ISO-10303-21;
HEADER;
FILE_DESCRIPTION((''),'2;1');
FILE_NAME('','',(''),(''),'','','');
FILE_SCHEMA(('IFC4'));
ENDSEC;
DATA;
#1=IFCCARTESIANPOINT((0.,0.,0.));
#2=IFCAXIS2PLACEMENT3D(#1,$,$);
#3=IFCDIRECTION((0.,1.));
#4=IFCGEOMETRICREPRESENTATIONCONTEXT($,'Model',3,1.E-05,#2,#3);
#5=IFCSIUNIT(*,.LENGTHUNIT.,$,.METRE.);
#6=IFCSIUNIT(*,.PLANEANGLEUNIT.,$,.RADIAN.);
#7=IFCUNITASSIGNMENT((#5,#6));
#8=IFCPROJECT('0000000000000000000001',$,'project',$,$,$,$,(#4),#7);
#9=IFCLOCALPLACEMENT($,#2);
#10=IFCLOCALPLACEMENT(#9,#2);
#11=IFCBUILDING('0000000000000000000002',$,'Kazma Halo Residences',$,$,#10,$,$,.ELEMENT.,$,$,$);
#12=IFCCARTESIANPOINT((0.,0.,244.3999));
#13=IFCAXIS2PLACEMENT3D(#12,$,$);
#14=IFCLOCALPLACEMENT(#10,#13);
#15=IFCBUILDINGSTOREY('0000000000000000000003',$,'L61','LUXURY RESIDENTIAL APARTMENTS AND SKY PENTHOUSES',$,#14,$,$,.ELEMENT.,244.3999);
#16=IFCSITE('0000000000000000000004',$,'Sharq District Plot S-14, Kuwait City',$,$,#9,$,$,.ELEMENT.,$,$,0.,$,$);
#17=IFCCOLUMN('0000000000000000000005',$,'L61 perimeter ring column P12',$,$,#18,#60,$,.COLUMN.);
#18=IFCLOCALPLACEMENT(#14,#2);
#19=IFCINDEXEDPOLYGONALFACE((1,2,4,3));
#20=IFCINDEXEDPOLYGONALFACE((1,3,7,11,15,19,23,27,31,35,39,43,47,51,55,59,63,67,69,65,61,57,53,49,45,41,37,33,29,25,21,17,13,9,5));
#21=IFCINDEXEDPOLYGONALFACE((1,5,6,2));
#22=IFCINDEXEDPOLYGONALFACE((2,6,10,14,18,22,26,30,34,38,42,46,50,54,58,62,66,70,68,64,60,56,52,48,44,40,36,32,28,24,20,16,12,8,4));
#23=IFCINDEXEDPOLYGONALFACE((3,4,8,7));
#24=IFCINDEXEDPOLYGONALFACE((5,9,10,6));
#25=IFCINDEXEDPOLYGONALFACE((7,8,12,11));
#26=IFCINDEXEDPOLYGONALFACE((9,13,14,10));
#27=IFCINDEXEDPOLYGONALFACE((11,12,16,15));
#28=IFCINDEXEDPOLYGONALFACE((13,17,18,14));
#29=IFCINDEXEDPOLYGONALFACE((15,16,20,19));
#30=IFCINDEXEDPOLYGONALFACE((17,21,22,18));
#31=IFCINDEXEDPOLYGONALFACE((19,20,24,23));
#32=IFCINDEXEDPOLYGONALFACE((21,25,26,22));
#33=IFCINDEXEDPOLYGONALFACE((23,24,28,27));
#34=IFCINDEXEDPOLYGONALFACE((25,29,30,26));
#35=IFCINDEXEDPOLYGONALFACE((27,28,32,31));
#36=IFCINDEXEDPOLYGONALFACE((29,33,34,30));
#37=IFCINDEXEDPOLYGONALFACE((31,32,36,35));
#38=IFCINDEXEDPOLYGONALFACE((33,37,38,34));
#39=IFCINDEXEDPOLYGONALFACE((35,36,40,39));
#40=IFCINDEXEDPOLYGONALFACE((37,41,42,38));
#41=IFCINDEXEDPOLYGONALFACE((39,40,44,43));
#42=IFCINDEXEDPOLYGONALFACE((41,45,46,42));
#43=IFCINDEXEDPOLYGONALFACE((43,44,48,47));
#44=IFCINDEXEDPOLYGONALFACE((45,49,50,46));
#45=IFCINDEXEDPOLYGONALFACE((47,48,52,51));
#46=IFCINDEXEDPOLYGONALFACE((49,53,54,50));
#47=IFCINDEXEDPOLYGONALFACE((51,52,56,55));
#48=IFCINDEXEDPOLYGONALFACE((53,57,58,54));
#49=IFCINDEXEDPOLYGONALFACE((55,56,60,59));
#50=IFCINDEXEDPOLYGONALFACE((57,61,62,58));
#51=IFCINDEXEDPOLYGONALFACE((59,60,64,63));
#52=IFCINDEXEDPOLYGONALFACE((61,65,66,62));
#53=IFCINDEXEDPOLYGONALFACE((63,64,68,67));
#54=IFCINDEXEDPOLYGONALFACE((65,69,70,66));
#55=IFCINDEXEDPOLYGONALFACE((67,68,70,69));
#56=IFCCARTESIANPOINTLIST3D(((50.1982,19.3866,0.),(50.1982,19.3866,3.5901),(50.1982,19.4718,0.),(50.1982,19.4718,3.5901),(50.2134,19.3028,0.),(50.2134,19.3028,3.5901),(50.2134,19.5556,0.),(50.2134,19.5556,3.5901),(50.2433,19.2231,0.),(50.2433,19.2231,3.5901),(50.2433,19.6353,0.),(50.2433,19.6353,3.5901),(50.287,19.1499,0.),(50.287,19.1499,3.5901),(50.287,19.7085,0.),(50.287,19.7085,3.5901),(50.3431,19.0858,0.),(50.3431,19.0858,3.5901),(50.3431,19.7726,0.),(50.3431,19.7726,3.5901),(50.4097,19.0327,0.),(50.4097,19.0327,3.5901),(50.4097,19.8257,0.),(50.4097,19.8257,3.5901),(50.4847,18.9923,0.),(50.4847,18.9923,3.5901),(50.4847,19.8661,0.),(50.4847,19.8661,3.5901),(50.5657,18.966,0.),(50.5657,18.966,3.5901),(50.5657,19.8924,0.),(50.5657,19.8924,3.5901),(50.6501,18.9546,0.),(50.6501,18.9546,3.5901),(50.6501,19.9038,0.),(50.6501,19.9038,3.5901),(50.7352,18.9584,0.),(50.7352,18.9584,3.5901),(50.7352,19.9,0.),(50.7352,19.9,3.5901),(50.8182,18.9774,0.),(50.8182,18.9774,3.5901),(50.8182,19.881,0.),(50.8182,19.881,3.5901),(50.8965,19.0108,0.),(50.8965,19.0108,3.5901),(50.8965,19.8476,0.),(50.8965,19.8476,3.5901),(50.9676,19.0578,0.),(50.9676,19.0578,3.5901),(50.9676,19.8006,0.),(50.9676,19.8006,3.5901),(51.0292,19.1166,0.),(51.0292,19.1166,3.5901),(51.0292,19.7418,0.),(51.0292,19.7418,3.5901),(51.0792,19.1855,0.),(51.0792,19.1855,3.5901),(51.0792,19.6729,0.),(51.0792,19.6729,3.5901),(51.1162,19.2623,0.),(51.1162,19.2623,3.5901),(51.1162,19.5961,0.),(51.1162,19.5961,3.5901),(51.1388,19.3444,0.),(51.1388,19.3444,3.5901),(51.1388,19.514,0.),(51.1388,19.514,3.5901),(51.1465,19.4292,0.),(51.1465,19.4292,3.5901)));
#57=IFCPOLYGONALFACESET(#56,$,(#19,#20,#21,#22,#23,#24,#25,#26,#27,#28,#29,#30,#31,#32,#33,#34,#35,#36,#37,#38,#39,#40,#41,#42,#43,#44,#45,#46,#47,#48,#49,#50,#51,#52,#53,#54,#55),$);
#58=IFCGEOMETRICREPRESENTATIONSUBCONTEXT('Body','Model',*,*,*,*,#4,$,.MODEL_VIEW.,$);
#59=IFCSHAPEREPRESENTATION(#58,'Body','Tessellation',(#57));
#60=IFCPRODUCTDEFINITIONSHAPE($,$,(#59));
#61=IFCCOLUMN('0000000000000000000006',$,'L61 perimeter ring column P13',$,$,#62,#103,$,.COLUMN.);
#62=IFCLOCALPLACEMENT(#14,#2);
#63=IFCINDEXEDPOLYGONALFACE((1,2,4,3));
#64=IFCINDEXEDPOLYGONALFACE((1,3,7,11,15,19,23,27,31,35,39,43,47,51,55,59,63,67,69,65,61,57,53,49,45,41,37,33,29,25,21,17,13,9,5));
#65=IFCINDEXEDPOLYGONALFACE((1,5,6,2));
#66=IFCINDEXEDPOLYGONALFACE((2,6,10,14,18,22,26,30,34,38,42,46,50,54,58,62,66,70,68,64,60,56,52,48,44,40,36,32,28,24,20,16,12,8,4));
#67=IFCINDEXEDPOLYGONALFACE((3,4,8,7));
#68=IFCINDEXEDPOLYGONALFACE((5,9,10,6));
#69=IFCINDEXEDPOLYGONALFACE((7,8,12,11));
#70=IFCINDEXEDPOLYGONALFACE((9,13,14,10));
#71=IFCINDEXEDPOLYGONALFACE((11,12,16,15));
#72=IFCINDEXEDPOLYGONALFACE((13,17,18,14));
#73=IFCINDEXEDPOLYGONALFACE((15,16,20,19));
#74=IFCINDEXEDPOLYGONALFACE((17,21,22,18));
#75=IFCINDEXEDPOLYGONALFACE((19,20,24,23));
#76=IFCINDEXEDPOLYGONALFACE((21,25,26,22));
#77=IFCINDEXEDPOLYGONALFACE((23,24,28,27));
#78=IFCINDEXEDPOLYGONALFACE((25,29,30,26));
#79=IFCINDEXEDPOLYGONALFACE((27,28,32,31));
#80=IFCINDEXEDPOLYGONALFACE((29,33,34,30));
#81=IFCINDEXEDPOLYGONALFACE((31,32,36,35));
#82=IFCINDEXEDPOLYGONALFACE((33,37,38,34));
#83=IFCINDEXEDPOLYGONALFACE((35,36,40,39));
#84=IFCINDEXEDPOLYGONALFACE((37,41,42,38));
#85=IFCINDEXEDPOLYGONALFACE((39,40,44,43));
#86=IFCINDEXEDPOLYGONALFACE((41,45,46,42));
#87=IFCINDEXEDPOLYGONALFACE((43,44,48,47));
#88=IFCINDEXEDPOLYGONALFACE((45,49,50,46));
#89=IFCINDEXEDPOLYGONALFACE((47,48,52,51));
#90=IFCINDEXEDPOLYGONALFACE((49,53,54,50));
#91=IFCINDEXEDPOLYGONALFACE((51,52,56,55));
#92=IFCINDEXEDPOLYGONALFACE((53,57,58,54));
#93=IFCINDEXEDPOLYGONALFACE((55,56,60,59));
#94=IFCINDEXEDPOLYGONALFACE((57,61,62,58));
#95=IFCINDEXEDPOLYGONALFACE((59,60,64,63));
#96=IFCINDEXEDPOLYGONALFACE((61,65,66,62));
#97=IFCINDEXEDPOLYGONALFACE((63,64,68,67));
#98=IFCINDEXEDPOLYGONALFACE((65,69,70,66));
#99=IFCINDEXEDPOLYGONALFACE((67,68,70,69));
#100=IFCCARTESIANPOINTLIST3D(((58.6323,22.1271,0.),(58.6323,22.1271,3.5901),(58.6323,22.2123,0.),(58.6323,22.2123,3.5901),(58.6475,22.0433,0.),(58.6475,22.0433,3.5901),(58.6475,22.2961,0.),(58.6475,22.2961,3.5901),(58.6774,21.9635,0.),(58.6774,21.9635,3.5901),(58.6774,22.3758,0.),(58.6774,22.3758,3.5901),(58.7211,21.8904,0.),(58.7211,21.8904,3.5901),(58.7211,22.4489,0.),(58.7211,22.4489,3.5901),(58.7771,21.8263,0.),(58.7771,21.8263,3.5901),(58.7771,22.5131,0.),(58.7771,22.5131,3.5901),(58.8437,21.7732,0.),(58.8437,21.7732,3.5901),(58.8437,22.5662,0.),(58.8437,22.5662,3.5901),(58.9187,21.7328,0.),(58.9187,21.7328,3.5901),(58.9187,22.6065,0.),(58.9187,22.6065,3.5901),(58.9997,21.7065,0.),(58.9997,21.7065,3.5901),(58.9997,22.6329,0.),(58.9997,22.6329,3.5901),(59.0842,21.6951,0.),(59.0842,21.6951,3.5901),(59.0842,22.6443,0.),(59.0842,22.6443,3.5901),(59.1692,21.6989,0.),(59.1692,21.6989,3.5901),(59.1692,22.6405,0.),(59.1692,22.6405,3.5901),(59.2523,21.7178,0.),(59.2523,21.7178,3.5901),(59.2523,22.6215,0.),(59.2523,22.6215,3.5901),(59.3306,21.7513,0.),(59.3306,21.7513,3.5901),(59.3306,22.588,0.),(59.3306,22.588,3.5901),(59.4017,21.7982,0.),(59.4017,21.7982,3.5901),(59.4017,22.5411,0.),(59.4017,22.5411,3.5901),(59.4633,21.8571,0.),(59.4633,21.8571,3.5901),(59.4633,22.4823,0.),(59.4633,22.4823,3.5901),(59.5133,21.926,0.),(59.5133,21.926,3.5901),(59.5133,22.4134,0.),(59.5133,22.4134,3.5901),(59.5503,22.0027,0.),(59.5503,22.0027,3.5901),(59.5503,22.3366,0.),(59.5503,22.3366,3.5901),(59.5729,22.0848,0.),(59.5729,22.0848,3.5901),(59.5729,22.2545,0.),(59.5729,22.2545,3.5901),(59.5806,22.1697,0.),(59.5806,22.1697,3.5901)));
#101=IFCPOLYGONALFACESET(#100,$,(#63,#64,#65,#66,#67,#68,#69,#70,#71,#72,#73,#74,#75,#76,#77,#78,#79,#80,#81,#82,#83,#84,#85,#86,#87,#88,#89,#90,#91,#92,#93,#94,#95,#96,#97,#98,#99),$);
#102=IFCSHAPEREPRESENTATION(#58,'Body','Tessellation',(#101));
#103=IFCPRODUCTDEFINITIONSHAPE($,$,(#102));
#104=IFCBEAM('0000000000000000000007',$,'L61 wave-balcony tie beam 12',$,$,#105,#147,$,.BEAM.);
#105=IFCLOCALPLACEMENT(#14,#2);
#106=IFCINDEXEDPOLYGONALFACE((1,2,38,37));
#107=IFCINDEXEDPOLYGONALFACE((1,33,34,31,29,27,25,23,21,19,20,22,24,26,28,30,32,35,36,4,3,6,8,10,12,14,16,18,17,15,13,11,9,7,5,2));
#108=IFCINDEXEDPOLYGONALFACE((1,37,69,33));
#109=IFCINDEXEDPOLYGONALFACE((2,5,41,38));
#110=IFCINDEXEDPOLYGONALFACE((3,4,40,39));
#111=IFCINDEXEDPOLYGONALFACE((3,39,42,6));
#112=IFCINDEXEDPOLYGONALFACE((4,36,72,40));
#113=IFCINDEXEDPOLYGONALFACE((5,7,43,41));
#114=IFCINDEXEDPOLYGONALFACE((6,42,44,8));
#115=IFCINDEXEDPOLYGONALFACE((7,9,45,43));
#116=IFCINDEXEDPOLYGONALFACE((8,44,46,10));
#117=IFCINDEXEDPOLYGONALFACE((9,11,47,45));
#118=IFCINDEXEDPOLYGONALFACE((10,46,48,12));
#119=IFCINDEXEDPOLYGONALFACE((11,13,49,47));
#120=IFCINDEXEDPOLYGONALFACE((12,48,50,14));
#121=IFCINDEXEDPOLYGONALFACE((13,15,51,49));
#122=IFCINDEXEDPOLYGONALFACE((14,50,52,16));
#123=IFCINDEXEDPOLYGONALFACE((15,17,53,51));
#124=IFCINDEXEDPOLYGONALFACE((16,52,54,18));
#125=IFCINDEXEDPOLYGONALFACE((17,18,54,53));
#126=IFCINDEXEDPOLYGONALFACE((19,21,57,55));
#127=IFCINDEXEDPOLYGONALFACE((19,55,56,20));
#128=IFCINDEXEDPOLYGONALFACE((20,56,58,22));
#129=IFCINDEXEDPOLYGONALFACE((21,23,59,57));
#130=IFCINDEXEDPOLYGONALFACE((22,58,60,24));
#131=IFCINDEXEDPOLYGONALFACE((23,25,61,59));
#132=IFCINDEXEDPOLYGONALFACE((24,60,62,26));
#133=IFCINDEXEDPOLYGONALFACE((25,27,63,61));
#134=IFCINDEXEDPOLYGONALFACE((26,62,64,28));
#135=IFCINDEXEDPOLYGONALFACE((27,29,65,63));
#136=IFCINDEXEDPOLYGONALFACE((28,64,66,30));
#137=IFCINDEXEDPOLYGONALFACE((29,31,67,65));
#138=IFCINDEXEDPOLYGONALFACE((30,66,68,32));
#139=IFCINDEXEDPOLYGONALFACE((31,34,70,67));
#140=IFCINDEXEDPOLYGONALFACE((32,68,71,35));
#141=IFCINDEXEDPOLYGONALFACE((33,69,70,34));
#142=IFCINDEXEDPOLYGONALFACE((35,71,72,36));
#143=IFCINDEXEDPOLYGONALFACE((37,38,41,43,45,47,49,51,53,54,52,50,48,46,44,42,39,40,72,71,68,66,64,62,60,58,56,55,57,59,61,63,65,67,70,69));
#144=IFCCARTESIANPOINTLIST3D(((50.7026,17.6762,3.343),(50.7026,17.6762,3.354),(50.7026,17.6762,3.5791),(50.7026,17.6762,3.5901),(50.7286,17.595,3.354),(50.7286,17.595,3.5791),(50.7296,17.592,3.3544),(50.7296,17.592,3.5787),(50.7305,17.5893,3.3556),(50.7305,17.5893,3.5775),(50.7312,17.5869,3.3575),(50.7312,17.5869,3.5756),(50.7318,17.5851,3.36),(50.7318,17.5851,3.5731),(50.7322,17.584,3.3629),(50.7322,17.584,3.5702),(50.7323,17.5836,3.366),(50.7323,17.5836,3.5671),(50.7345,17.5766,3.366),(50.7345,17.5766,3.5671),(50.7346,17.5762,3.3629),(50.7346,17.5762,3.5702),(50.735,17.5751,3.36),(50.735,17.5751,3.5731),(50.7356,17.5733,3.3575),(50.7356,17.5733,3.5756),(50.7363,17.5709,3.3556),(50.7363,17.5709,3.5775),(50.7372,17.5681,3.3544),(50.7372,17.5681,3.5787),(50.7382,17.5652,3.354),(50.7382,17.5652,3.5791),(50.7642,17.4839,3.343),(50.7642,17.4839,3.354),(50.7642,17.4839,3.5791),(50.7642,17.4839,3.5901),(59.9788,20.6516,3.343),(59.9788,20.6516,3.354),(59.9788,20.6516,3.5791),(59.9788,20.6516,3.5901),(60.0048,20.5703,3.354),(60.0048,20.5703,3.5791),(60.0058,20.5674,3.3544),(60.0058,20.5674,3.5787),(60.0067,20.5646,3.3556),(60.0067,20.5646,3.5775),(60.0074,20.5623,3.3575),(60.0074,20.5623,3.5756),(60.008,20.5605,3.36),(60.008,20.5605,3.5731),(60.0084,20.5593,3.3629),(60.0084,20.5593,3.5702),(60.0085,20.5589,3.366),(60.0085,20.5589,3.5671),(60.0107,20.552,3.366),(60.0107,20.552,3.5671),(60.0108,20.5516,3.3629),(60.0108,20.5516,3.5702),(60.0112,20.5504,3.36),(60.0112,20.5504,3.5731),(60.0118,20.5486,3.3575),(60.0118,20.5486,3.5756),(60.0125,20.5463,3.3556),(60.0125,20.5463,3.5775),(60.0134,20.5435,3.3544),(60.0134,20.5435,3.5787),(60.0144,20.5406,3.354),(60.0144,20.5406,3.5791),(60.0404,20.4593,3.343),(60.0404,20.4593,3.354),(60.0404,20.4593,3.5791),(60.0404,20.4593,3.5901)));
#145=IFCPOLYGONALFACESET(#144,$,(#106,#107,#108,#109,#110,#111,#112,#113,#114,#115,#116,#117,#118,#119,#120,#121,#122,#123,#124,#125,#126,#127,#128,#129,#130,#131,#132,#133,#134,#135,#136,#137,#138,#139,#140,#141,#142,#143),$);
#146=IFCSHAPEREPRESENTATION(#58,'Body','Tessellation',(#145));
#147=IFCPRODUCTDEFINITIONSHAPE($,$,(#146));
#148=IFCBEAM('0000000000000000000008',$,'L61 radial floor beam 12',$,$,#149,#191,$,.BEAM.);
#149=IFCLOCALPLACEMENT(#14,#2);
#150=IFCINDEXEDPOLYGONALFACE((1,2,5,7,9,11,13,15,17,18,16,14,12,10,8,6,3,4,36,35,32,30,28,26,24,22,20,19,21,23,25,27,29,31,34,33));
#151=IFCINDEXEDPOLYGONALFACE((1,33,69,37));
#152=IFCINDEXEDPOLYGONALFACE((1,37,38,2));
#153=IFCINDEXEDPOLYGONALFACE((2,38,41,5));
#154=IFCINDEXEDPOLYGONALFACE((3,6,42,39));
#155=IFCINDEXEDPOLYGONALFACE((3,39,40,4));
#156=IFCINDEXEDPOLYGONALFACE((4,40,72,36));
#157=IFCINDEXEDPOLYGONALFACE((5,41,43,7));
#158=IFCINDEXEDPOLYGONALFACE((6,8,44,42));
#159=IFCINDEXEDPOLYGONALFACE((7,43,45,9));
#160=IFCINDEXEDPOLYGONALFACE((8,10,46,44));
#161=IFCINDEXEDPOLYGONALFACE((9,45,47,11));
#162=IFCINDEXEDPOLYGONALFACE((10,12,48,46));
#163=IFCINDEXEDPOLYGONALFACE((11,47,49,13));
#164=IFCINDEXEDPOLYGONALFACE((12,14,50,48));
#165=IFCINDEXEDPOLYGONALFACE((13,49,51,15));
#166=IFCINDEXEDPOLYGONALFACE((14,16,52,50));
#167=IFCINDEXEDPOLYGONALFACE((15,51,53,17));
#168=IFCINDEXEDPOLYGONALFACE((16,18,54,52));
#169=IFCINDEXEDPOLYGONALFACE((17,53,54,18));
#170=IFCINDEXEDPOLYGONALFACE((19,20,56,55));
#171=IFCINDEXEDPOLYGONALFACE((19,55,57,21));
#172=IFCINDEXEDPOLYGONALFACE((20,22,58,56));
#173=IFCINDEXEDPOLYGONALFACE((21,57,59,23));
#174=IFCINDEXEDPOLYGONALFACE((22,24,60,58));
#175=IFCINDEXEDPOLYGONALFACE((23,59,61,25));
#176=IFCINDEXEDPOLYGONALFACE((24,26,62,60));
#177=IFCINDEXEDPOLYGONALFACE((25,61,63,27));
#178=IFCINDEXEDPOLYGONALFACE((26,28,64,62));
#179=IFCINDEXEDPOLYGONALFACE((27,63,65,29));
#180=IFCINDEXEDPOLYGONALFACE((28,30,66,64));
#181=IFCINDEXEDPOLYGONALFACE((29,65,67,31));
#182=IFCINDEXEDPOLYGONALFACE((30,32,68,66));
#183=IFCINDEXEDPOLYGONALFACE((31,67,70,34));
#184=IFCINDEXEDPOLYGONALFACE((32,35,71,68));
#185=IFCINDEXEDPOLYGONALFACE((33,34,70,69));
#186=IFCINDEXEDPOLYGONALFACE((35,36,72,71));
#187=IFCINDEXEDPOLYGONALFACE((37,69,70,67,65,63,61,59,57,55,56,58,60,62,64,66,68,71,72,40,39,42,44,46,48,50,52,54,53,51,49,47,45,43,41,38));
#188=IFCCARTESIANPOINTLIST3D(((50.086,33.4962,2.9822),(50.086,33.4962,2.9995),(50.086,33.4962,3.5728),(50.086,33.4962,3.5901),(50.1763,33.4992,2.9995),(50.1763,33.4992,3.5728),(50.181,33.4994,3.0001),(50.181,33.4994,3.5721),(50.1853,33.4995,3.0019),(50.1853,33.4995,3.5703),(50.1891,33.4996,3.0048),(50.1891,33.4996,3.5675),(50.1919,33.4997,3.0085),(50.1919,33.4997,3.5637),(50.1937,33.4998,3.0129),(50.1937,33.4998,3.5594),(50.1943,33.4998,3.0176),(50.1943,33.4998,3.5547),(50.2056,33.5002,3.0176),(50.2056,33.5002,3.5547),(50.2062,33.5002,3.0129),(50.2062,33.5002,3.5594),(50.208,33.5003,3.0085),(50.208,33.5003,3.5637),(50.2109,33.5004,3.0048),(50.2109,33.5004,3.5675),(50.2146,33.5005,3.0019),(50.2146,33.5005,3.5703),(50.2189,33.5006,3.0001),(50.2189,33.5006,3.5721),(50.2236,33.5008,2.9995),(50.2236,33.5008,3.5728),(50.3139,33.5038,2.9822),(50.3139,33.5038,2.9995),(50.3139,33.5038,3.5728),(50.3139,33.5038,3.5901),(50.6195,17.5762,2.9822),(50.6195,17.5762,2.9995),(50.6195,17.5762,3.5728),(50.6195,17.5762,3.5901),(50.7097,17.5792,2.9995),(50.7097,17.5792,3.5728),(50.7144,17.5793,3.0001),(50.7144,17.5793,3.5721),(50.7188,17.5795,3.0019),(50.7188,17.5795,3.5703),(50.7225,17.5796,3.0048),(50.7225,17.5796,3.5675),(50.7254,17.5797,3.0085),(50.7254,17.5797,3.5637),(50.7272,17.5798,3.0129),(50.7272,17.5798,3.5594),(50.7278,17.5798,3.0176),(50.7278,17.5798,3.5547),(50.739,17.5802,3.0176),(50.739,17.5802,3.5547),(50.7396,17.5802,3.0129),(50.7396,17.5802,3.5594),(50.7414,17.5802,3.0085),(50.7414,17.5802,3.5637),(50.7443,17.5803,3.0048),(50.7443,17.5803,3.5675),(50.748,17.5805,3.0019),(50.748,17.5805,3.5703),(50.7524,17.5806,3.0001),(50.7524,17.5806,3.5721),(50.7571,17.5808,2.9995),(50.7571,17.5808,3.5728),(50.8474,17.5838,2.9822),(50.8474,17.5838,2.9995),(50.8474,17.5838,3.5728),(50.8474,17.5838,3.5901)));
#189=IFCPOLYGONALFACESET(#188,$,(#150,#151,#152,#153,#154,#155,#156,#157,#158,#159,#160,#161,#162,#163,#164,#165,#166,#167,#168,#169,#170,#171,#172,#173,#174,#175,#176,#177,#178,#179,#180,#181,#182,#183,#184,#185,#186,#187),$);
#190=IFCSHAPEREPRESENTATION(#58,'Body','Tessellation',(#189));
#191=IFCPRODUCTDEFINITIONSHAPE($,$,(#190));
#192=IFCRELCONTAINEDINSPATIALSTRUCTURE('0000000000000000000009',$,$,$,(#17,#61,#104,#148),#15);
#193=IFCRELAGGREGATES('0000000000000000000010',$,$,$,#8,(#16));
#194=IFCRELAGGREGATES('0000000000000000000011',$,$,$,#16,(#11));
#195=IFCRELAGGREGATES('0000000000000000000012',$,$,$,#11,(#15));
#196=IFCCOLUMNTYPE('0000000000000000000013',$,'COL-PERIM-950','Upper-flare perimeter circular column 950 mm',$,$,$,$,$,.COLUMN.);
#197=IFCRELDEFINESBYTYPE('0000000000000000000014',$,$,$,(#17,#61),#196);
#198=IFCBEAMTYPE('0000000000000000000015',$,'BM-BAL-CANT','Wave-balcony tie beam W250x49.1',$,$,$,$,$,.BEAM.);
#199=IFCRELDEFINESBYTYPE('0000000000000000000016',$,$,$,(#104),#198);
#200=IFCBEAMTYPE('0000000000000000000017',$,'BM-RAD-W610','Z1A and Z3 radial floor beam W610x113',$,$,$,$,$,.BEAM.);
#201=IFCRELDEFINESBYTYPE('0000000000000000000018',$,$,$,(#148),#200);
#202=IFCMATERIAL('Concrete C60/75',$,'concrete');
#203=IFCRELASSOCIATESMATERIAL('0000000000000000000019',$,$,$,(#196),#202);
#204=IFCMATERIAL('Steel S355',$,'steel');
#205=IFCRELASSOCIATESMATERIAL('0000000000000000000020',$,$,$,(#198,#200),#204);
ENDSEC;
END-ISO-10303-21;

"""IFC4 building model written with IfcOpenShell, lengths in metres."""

from ifc_helpers import new_model, si_unit, direction, frame, origin, origin_2d, place, context, subcontext, project, spatial, circle, i_section, extrude, material, material_profile, profile_set, type_object, element, save


model = new_model("IFC4")

# Units and contexts
model_context = context("Model", 3, precision=1e-05, world=origin(), true_north=direction((0.0, 1.0)))
body_context = subcontext(model_context, "Body", "Model", "MODEL_VIEW")
ifc_project = project(units=[si_unit("LENGTHUNIT", "METRE"), si_unit("PLANEANGLEUNIT", "RADIAN")], contexts=[model_context])

# Site, building, storey
site_placement = place(None, origin())
site = spatial("IfcSite", under=ifc_project, at=site_placement, Name="Sharq District Plot S-14, Kuwait City", CompositionType="ELEMENT", RefElevation=0.0)
building_placement = place(site_placement, origin())
building = spatial("IfcBuilding", under=site, at=building_placement, Name="Kazma Halo Residences", CompositionType="ELEMENT")
storey_placement = place(building_placement, frame((0.0, 0.0, 244.3999)))
storey = spatial("IfcBuildingStorey", under=building, at=storey_placement, Name="L61", Description="LUXURY RESIDENTIAL APARTMENTS AND SKY PENTHOUSES", CompositionType="ELEMENT", Elevation=244.3999)

# Columns
ifc_material_1 = material(Name="Concrete C60/75", Category="concrete")
ifc_material_profile_1 = material_profile(ifc_material_1, circle(Radius=0.4751, at=origin_2d()), Name="CIRC950")
ifc_profile_set_1 = profile_set([ifc_material_profile_1], Name="Concrete C60/75")
column_type = type_object("IfcColumnType", Name="COL-PERIM-950", Description="Upper-flare perimeter circular column 950 mm", PredefinedType="COLUMN", material=ifc_profile_set_1)
for number, where, z_axis, x_axis, name in (
    (1, (50.6714, 19.4292, 0.0), (0.0, 0.0, 1.0), (1.0, 0.0, 0.0), "L61 perimeter ring column P12"),
    (2, (59.1055, 22.1697, 0.0), (0.0, 0.0, 1.0), (1.0, 0.0, 0.0), "L61 perimeter ring column P13"),
):
    element("IfcColumn", number, at=place(storey_placement, frame(where, z_axis=z_axis, x_axis=x_axis)), inside=storey, type_object=column_type, Name=name, PredefinedType="COLUMN", context=body_context, shape_type="SweptSolid", body=[
        extrude(circle(Radius=0.4751, at=origin_2d()), origin(), (0.0, 0.0, 1.0), 3.5901),
    ])

# Beams
ifc_material_2 = material(Name="Steel S355", Category="steel")
ifc_material_profile_2 = material_profile(ifc_material_2, i_section(OverallWidth=0.2019, OverallDepth=0.2471, WebThickness=0.0073, FlangeThickness=0.011, FilletRadius=0.012, at=origin_2d()), Name="W250x49.1")
ifc_profile_set_2 = profile_set([ifc_material_profile_2], Name="Steel S355")
beam_type_1 = type_object("IfcBeamType", Name="BM-BAL-CANT", Description="Wave-balcony tie beam W250x49.1", PredefinedType="BEAM", material=ifc_profile_set_2)
beam_1_placement = place(storey_placement, frame((50.7334, 17.5801, 3.4666), z_axis=(0.952216, 0.305426, 0.0), x_axis=(-0.305426, 0.952216, 0.0)))
element("IfcBeam", 3, at=beam_1_placement, inside=storey, type_object=beam_type_1, Name="L61 wave-balcony tie beam 12", PredefinedType="BEAM", context=body_context, shape_type="SweptSolid", body=[
    extrude(i_section(OverallWidth=0.2019, OverallDepth=0.2471, WebThickness=0.0073, FlangeThickness=0.011, FilletRadius=0.012, at=origin_2d()), origin(), (0.0, 0.0, 1.0), 9.7417),
])
ifc_material_profile_3 = material_profile(ifc_material_2, i_section(OverallWidth=0.228, OverallDepth=0.6079, WebThickness=0.0112, FlangeThickness=0.0173, FilletRadius=0.0181, at=origin_2d()), Name="W610x113")
ifc_profile_set_3 = profile_set([ifc_material_profile_3], Name="Steel S355")
beam_type_2 = type_object("IfcBeamType", Name="BM-RAD-W610", Description="Z1A and Z3 radial floor beam W610x113", PredefinedType="BEAM", material=ifc_profile_set_3)
beam_2_placement = place(storey_placement, frame((50.2, 33.5, 3.2861), z_axis=(0.033489, -0.999439, 0.0), x_axis=(0.999439, 0.033489, 0.0)))
element("IfcBeam", 4, at=beam_2_placement, inside=storey, type_object=beam_type_2, Name="L61 radial floor beam 12", PredefinedType="BEAM", context=body_context, shape_type="SweptSolid", body=[
    extrude(i_section(OverallWidth=0.228, OverallDepth=0.6079, WebThickness=0.0112, FlangeThickness=0.0173, FilletRadius=0.0181, at=origin_2d()), origin(), (0.0, 0.0, 1.0), 15.929),
])

save(model, "model.ifc")
